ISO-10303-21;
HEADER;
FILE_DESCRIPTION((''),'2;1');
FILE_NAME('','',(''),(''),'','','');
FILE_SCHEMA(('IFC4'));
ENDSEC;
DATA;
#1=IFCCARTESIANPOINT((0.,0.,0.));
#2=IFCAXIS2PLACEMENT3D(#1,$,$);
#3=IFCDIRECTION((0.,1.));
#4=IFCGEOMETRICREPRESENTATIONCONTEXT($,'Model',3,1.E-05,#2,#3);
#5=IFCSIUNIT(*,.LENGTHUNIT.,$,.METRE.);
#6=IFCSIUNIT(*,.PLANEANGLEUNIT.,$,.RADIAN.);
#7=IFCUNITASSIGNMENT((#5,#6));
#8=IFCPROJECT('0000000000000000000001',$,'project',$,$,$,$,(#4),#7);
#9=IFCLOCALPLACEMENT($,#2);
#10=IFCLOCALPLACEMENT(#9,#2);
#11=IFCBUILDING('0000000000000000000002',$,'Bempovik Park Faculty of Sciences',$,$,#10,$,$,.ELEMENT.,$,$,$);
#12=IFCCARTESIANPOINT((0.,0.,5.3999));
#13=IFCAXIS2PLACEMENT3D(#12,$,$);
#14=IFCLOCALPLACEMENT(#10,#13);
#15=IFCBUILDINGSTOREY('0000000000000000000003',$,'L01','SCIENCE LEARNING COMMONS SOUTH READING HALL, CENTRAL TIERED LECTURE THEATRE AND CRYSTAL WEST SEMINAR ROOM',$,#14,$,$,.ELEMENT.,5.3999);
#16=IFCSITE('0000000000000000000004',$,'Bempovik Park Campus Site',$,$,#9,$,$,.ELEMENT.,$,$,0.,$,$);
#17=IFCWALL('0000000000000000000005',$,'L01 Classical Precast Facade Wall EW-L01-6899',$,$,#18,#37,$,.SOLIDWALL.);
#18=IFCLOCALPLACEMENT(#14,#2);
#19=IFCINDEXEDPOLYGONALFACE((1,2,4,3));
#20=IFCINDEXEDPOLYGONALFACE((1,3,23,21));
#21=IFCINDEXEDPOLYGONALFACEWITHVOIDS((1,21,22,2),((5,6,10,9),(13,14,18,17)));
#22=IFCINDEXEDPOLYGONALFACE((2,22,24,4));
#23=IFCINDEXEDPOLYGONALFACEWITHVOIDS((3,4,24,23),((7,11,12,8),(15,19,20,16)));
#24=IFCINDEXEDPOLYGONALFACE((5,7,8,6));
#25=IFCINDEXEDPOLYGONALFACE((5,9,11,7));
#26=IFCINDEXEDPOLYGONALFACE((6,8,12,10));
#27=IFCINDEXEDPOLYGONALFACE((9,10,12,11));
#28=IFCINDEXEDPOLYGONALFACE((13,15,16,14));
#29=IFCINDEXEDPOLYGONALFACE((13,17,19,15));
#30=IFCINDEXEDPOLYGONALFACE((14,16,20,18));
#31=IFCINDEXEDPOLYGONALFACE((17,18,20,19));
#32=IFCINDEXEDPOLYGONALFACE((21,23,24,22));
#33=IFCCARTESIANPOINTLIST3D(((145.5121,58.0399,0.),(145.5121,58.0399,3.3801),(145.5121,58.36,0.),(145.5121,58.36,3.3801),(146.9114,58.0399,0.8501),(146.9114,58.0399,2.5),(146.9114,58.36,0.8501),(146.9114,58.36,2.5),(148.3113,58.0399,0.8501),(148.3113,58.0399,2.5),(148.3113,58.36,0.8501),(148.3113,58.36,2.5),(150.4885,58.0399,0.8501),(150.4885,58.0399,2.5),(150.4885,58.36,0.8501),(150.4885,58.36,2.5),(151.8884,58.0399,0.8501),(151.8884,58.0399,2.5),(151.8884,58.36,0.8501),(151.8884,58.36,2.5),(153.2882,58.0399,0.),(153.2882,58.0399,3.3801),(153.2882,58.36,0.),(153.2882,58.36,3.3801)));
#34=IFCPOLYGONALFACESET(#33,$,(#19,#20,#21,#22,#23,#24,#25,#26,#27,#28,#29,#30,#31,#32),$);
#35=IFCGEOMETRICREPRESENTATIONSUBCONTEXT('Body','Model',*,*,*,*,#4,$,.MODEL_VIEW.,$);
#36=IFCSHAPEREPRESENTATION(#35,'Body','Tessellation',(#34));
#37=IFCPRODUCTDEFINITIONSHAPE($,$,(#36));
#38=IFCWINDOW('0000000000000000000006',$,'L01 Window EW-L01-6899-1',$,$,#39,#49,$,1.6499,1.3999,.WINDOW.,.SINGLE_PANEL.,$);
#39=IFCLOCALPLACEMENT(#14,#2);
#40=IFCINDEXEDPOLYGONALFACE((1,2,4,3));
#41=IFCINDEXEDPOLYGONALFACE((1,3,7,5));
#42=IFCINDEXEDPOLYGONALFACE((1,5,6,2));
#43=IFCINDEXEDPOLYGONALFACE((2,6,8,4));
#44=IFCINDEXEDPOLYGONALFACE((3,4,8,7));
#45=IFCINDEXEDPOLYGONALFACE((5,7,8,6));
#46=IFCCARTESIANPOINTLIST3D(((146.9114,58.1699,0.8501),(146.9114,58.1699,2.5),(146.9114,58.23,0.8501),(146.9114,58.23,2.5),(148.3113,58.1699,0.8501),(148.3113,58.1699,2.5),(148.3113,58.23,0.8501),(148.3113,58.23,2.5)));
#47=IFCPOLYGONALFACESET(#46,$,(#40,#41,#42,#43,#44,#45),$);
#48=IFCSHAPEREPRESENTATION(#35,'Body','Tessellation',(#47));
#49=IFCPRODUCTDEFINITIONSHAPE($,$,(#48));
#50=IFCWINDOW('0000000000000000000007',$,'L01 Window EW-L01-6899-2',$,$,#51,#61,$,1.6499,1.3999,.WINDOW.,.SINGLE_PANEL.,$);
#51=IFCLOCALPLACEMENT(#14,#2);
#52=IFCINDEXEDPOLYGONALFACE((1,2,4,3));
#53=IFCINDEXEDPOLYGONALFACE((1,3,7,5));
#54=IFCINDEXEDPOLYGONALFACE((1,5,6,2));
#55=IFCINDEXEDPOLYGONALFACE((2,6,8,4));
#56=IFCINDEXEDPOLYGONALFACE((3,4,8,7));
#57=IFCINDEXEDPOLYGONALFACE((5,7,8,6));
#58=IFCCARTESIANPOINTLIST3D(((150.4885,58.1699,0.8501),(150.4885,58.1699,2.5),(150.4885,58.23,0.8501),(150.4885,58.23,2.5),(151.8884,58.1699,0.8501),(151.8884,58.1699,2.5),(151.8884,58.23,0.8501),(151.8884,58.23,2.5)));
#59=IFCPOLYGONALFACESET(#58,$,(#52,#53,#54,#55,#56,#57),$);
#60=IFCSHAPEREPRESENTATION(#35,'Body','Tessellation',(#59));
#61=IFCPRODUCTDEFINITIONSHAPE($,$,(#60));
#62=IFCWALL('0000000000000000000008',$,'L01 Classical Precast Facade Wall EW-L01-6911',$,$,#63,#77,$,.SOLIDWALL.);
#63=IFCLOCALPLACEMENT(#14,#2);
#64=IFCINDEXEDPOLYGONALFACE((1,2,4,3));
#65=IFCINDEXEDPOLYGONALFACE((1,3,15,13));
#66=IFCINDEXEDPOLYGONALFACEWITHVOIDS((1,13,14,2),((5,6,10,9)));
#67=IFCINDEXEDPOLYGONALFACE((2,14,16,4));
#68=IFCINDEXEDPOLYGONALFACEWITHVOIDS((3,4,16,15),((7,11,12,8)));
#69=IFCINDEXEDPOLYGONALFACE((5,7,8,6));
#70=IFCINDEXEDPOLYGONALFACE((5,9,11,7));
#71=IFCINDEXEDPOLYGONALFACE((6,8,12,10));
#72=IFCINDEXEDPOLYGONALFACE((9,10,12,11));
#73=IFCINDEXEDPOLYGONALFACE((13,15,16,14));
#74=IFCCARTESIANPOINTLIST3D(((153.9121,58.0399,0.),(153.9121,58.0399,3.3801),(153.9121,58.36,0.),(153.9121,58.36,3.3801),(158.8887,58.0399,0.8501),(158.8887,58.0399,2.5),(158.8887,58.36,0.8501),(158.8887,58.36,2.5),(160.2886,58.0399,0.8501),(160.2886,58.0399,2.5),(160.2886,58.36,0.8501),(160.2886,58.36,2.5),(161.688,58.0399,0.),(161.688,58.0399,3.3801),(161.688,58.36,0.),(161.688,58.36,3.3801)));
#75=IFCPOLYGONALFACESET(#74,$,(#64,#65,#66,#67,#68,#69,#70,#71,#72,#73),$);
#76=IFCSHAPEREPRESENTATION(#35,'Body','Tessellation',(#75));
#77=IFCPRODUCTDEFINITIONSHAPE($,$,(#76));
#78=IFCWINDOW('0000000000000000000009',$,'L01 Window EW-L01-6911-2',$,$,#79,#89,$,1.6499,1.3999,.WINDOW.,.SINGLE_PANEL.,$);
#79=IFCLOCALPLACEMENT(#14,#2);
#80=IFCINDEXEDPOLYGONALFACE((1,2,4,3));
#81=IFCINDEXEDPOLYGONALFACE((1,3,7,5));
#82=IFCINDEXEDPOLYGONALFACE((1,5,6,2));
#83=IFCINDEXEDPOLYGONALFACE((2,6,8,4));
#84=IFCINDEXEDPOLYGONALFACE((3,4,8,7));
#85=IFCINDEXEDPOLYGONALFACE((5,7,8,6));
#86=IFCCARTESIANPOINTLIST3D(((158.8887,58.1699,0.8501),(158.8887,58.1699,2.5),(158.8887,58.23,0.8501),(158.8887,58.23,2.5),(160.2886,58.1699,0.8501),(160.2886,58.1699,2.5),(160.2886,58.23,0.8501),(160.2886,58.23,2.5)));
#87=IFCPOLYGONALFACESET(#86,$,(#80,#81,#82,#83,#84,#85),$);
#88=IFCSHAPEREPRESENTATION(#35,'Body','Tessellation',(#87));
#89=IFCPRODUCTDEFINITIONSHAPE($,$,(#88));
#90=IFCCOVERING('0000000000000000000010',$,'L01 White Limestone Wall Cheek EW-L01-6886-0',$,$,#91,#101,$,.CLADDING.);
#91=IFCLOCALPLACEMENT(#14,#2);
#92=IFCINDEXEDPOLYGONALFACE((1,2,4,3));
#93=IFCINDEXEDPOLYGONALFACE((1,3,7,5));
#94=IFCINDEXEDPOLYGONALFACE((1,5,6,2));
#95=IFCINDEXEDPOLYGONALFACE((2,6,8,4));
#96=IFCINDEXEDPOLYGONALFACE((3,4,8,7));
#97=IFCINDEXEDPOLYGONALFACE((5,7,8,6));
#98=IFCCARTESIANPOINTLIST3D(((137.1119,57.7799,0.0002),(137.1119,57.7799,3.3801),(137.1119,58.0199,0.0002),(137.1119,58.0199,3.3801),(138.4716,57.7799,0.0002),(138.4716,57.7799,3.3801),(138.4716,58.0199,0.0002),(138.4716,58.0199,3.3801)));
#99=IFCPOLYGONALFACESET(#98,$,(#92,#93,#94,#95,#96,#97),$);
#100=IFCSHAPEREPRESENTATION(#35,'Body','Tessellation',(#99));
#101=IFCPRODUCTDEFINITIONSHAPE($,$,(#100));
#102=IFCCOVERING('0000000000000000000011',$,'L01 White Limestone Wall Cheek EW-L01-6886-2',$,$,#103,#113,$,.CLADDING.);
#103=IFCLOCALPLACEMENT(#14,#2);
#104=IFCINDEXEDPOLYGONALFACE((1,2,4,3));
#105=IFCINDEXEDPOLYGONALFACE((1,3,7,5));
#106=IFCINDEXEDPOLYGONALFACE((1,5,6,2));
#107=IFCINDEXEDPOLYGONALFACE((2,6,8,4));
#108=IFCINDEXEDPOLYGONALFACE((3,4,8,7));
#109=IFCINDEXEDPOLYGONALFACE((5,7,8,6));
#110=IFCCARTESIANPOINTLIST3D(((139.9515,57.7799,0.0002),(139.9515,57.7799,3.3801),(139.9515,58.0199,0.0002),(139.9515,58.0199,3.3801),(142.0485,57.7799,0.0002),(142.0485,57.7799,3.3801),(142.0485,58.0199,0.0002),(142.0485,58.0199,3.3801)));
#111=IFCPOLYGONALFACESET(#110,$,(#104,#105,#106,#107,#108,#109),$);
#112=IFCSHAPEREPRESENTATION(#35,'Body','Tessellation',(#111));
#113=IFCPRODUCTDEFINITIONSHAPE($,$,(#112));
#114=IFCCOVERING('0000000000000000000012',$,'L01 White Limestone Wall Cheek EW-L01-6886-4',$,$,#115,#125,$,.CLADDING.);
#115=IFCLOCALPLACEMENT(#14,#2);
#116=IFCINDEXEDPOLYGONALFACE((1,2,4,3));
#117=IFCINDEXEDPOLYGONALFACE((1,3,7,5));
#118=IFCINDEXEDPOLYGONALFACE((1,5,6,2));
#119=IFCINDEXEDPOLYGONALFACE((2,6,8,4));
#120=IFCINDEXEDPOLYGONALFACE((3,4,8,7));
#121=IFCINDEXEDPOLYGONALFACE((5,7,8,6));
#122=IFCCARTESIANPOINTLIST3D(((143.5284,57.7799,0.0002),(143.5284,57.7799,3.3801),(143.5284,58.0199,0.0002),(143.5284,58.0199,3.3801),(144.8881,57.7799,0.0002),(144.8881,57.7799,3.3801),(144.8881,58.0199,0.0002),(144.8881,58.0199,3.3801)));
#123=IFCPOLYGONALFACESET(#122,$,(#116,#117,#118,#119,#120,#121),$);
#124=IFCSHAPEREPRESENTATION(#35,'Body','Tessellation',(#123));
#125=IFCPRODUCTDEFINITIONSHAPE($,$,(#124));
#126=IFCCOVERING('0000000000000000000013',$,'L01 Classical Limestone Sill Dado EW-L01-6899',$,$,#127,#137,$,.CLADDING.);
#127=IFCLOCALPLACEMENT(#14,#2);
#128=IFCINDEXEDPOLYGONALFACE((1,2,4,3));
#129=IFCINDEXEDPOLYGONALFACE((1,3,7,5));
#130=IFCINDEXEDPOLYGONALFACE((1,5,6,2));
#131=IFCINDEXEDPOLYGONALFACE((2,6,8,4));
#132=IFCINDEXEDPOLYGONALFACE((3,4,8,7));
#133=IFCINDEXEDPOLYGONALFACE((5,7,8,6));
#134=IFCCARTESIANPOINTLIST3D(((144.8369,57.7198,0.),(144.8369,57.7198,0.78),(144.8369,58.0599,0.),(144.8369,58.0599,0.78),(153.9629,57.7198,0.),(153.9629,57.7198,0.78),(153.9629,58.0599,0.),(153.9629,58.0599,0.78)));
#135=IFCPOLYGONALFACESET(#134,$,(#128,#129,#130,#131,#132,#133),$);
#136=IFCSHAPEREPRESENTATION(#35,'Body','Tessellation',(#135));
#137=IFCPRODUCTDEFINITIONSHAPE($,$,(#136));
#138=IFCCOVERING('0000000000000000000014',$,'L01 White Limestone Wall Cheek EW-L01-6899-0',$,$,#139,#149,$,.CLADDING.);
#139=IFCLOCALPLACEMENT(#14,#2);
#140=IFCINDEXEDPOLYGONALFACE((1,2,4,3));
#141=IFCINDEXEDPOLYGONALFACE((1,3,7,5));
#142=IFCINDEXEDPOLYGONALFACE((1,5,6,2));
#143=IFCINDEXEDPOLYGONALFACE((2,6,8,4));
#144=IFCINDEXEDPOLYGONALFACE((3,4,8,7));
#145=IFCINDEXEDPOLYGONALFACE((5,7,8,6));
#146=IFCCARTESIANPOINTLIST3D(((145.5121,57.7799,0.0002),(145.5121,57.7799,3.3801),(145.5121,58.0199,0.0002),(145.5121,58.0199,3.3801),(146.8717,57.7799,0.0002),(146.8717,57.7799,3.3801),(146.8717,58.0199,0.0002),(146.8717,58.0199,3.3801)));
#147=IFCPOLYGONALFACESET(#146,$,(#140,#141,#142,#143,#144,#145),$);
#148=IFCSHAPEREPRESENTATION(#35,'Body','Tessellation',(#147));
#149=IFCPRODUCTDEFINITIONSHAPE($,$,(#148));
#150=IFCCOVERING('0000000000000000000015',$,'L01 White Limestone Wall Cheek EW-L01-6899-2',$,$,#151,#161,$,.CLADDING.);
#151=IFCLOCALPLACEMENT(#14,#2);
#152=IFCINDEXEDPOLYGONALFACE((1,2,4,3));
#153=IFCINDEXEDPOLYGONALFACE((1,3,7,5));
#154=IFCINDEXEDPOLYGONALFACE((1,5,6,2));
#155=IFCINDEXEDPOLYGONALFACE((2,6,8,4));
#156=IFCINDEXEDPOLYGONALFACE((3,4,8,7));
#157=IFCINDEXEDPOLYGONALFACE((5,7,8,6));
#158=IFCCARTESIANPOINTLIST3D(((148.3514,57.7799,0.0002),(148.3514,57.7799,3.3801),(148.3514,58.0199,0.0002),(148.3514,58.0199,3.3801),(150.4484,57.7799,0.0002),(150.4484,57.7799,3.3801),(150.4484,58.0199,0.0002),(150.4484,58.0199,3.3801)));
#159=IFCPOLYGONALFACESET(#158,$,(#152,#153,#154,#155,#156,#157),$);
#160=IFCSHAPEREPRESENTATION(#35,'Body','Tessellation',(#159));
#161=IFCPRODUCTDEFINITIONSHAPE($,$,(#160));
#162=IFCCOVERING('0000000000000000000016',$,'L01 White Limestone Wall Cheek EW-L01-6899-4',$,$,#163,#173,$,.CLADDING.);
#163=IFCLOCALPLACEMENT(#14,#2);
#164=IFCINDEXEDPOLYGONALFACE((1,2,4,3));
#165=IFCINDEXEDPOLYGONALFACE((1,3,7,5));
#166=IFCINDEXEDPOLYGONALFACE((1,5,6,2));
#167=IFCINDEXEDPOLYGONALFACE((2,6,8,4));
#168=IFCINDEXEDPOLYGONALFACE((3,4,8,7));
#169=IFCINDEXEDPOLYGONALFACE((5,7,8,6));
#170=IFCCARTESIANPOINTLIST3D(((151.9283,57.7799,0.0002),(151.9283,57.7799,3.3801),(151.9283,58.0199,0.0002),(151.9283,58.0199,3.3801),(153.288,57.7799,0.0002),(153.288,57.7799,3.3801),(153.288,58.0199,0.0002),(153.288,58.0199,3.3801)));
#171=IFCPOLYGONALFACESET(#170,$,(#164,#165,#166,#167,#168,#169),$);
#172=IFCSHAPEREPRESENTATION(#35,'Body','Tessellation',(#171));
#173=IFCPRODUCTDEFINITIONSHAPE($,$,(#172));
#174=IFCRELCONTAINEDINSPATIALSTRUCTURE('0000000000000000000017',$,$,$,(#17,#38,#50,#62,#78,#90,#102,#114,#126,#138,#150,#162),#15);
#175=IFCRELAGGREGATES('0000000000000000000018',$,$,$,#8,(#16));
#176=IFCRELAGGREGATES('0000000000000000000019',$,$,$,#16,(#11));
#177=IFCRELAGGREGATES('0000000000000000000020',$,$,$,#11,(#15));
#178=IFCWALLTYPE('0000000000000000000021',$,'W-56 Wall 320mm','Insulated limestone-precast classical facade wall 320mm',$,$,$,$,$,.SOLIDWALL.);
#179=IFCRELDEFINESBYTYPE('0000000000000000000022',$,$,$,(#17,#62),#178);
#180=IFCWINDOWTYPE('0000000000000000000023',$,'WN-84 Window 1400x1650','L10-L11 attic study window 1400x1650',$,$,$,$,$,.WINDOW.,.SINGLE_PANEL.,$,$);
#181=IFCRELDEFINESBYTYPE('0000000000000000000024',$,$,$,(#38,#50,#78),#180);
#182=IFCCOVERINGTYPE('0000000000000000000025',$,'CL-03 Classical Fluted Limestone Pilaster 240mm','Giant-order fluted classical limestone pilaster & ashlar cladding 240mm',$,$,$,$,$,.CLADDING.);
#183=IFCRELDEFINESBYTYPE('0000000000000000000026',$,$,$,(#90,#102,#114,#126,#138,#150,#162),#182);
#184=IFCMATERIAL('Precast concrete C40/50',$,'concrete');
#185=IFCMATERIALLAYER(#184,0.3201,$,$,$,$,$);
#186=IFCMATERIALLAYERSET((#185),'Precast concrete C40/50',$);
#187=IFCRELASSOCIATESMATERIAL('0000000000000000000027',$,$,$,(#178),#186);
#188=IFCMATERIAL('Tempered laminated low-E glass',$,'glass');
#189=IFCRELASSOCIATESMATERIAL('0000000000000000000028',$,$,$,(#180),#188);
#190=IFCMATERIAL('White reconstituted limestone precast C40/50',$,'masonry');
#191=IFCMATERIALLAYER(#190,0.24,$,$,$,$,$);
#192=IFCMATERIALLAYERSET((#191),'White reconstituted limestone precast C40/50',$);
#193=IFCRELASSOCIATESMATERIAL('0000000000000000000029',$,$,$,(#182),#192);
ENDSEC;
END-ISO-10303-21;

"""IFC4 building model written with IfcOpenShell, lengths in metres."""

from ifc_helpers import new_model, si_unit, direction, frame, frame_2d, origin, origin_2d, place, context, subcontext, project, spatial, rectangle, extrude, material, layer, layer_set, type_object, element, fill, save


model = new_model("IFC4")

# Units and contexts
model_context = context("Model", 3, precision=1e-05, world=origin(), true_north=direction((0.0, 1.0)))
body_context = subcontext(model_context, "Body", "Model", "MODEL_VIEW")
ifc_project = project(units=[si_unit("LENGTHUNIT", "METRE"), si_unit("PLANEANGLEUNIT", "RADIAN")], contexts=[model_context])

# Site, building, storey
site_placement = place(None, origin())
site = spatial("IfcSite", under=ifc_project, at=site_placement, Name="Bempovik Park Campus Site", CompositionType="ELEMENT", RefElevation=0.0)
building_placement = place(site_placement, origin())
building = spatial("IfcBuilding", under=site, at=building_placement, Name="Bempovik Park Faculty of Sciences", CompositionType="ELEMENT")
storey_placement = place(building_placement, frame((0.0, 0.0, 5.3999)))
storey = spatial("IfcBuildingStorey", under=building, at=storey_placement, Name="L01", Description="SCIENCE LEARNING COMMONS SOUTH READING HALL, CENTRAL TIERED LECTURE THEATRE AND CRYSTAL WEST SEMINAR ROOM", CompositionType="ELEMENT", Elevation=5.3999)

# Wall, openings, windows
ifc_material_1 = material(Name="Precast concrete C40/50", Category="concrete")
ifc_layer_1 = layer(ifc_material_1, 0.3201)
ifc_layer_set_1 = layer_set([ifc_layer_1], Name="Precast concrete C40/50")
wall_type_1 = type_object("IfcWallType", Name="W-56 Wall 320mm", Description="Insulated limestone-precast classical facade wall 320mm", PredefinedType="SOLIDWALL", material=ifc_layer_set_1)
wall_1_placement = place(storey_placement, frame((145.512, 58.2, 0.0), z_axis=(0.0, 0.0, 1.0), x_axis=(1.0, 0.0, 0.0)))
wall_1 = element("IfcWall", 1, at=wall_1_placement, inside=storey, type_object=wall_type_1, Name="L01 Classical Precast Facade Wall EW-L01-6899", PredefinedType="SOLIDWALL", context=body_context, shape_type="SweptSolid", body=[
    extrude(rectangle(XDim=7.7761, YDim=0.3201, at=frame_2d((3.8882, 0.0))), origin(), (0.0, 0.0, 1.0), 3.3801),
])
opening_1_placement = place(wall_1_placement, frame((1.3994, 0.0, 0.8501)))
opening_1 = element("IfcOpeningElement", 2, at=opening_1_placement, cuts=wall_1, PredefinedType="OPENING", context=body_context, shape_type="SweptSolid", body=[
    extrude(rectangle(XDim=1.3999, YDim=1.6499, at=frame_2d((0.7, 0.825))), frame((0.0, 0.1699, 0.0), z_axis=(0.0, -1.0, 0.0), x_axis=(1.0, 0.0, 0.0)), (0.0, 0.0, 1.0), 0.3401),
])
opening_2_placement = place(wall_1_placement, frame((4.9766, 0.0, 0.8501)))
opening_2 = element("IfcOpeningElement", 3, at=opening_2_placement, cuts=wall_1, PredefinedType="OPENING", context=body_context, shape_type="SweptSolid", body=[
    extrude(rectangle(XDim=1.3999, YDim=1.6499, at=frame_2d((0.7, 0.825))), frame((0.0, 0.1699, 0.0), z_axis=(0.0, -1.0, 0.0), x_axis=(1.0, 0.0, 0.0)), (0.0, 0.0, 1.0), 0.3401),
])
ifc_material_2 = material(Name="Tempered laminated low-E glass", Category="glass")
window_type = type_object("IfcWindowType", Name="WN-84 Window 1400x1650", Description="L10-L11 attic study window 1400x1650", PartitioningType="SINGLE_PANEL", PredefinedType="WINDOW", material=ifc_material_2)
window_1_placement = place(opening_1_placement, origin())
window_1 = element("IfcWindow", 4, at=window_1_placement, inside=storey, type_object=window_type, Name="L01 Window EW-L01-6899-1", OverallHeight=1.6499, OverallWidth=1.3999, PartitioningType="SINGLE_PANEL", PredefinedType="WINDOW", context=body_context, shape_type="SweptSolid", body=[
    extrude(rectangle(XDim=1.3999, YDim=1.6499, at=frame_2d((0.7, 0.825))), frame((0.0, 0.03, 0.0), z_axis=(0.0, -1.0, 0.0), x_axis=(1.0, 0.0, 0.0)), (0.0, 0.0, 1.0), 0.0601),
])
fill(opening_1, window_1)
window_2_placement = place(opening_2_placement, origin())
window_2 = element("IfcWindow", 5, at=window_2_placement, inside=storey, type_object=window_type, Name="L01 Window EW-L01-6899-2", OverallHeight=1.6499, OverallWidth=1.3999, PartitioningType="SINGLE_PANEL", PredefinedType="WINDOW", context=body_context, shape_type="SweptSolid", body=[
    extrude(rectangle(XDim=1.3999, YDim=1.6499, at=frame_2d((0.7, 0.825))), frame((0.0, 0.03, 0.0), z_axis=(0.0, -1.0, 0.0), x_axis=(1.0, 0.0, 0.0)), (0.0, 0.0, 1.0), 0.0601),
])
fill(opening_2, window_2)

# Wall, opening, window
wall_2_placement = place(storey_placement, frame((153.9121, 58.2, 0.0), z_axis=(0.0, 0.0, 1.0), x_axis=(1.0, 0.0, 0.0)))
wall_2 = element("IfcWall", 6, at=wall_2_placement, inside=storey, type_object=wall_type_1, Name="L01 Classical Precast Facade Wall EW-L01-6911", PredefinedType="SOLIDWALL", context=body_context, shape_type="SweptSolid", body=[
    extrude(rectangle(XDim=7.7759, YDim=0.3201, at=frame_2d((3.8879, 0.0))), origin(), (0.0, 0.0, 1.0), 3.3801),
])
opening_3_placement = place(wall_2_placement, frame((4.9766, 0.0, 0.8501)))
opening_3 = element("IfcOpeningElement", 7, at=opening_3_placement, cuts=wall_2, PredefinedType="OPENING", context=body_context, shape_type="SweptSolid", body=[
    extrude(rectangle(XDim=1.3999, YDim=1.6499, at=frame_2d((0.7, 0.825))), frame((0.0, 0.1699, 0.0), z_axis=(0.0, -1.0, 0.0), x_axis=(1.0, 0.0, 0.0)), (0.0, 0.0, 1.0), 0.3401),
])
window_3_placement = place(opening_3_placement, origin())
window_3 = element("IfcWindow", 8, at=window_3_placement, inside=storey, type_object=window_type, Name="L01 Window EW-L01-6911-2", OverallHeight=1.6499, OverallWidth=1.3999, PartitioningType="SINGLE_PANEL", PredefinedType="WINDOW", context=body_context, shape_type="SweptSolid", body=[
    extrude(rectangle(XDim=1.3999, YDim=1.6499, at=frame_2d((0.7, 0.825))), frame((0.0, 0.03, 0.0), z_axis=(0.0, -1.0, 0.0), x_axis=(1.0, 0.0, 0.0)), (0.0, 0.0, 1.0), 0.0601),
])
fill(opening_3, window_3)

# Coverings
ifc_material_3 = material(Name="White reconstituted limestone precast C40/50", Category="masonry")
ifc_layer_2 = layer(ifc_material_3, 0.24)
ifc_layer_set_2 = layer_set([ifc_layer_2], Name="White reconstituted limestone precast C40/50")
covering_type = type_object("IfcCoveringType", Name="CL-03 Classical Fluted Limestone Pilaster 240mm", Description="Giant-order fluted classical limestone pilaster & ashlar cladding 240mm", PredefinedType="CLADDING", material=ifc_layer_set_2)
covering_1_placement = place(storey_placement, frame((137.7917, 57.8999, 0.0002), z_axis=(0.0, 0.0, 1.0), x_axis=(1.0, 0.0, 0.0)))
element("IfcCovering", 9, at=covering_1_placement, inside=storey, type_object=covering_type, Name="L01 White Limestone Wall Cheek EW-L01-6886-0", PredefinedType="CLADDING", context=body_context, shape_type="SweptSolid", body=[
    extrude(rectangle(XDim=1.3596, YDim=0.24, at=origin_2d()), origin(), (0.0, 0.0, 1.0), 3.3799),
])
covering_2_placement = place(storey_placement, frame((141.0, 57.8999, 0.0002), z_axis=(0.0, 0.0, 1.0), x_axis=(1.0, 0.0, 0.0)))
element("IfcCovering", 10, at=covering_2_placement, inside=storey, type_object=covering_type, Name="L01 White Limestone Wall Cheek EW-L01-6886-2", PredefinedType="CLADDING", context=body_context, shape_type="SweptSolid", body=[
    extrude(rectangle(XDim=2.0969, YDim=0.24, at=origin_2d()), origin(), (0.0, 0.0, 1.0), 3.3799),
])
covering_3_placement = place(storey_placement, frame((144.2083, 57.8999, 0.0002), z_axis=(0.0, 0.0, 1.0), x_axis=(1.0, 0.0, 0.0)))
element("IfcCovering", 11, at=covering_3_placement, inside=storey, type_object=covering_type, Name="L01 White Limestone Wall Cheek EW-L01-6886-4", PredefinedType="CLADDING", context=body_context, shape_type="SweptSolid", body=[
    extrude(rectangle(XDim=1.3596, YDim=0.24, at=origin_2d()), origin(), (0.0, 0.0, 1.0), 3.3799),
])
covering_4_placement = place(storey_placement, frame((149.3999, 57.8899, 0.0), z_axis=(0.0, 0.0, 1.0), x_axis=(1.0, 0.0, 0.0)))
element("IfcCovering", 12, at=covering_4_placement, inside=storey, type_object=covering_type, Name="L01 Classical Limestone Sill Dado EW-L01-6899", PredefinedType="CLADDING", context=body_context, shape_type="SweptSolid", body=[
    extrude(rectangle(XDim=9.126, YDim=0.3401, at=origin_2d()), origin(), (0.0, 0.0, 1.0), 0.78),
])
covering_5_placement = place(storey_placement, frame((146.1919, 57.8999, 0.0002), z_axis=(0.0, 0.0, 1.0), x_axis=(1.0, 0.0, 0.0)))
element("IfcCovering", 13, at=covering_5_placement, inside=storey, type_object=covering_type, Name="L01 White Limestone Wall Cheek EW-L01-6899-0", PredefinedType="CLADDING", context=body_context, shape_type="SweptSolid", body=[
    extrude(rectangle(XDim=1.3596, YDim=0.24, at=origin_2d()), origin(), (0.0, 0.0, 1.0), 3.3799),
])
covering_6_placement = place(storey_placement, frame((149.3999, 57.8999, 0.0002), z_axis=(0.0, 0.0, 1.0), x_axis=(1.0, 0.0, 0.0)))
element("IfcCovering", 14, at=covering_6_placement, inside=storey, type_object=covering_type, Name="L01 White Limestone Wall Cheek EW-L01-6899-2", PredefinedType="CLADDING", context=body_context, shape_type="SweptSolid", body=[
    extrude(rectangle(XDim=2.0969, YDim=0.24, at=origin_2d()), origin(), (0.0, 0.0, 1.0), 3.3799),
])
covering_7_placement = place(storey_placement, frame((152.6082, 57.8999, 0.0002), z_axis=(0.0, 0.0, 1.0), x_axis=(1.0, 0.0, 0.0)))
element("IfcCovering", 15, at=covering_7_placement, inside=storey, type_object=covering_type, Name="L01 White Limestone Wall Cheek EW-L01-6899-4", PredefinedType="CLADDING", context=body_context, shape_type="SweptSolid", body=[
    extrude(rectangle(XDim=1.3596, YDim=0.24, at=origin_2d()), origin(), (0.0, 0.0, 1.0), 3.3799),
])

save(model, "model.ifc")
